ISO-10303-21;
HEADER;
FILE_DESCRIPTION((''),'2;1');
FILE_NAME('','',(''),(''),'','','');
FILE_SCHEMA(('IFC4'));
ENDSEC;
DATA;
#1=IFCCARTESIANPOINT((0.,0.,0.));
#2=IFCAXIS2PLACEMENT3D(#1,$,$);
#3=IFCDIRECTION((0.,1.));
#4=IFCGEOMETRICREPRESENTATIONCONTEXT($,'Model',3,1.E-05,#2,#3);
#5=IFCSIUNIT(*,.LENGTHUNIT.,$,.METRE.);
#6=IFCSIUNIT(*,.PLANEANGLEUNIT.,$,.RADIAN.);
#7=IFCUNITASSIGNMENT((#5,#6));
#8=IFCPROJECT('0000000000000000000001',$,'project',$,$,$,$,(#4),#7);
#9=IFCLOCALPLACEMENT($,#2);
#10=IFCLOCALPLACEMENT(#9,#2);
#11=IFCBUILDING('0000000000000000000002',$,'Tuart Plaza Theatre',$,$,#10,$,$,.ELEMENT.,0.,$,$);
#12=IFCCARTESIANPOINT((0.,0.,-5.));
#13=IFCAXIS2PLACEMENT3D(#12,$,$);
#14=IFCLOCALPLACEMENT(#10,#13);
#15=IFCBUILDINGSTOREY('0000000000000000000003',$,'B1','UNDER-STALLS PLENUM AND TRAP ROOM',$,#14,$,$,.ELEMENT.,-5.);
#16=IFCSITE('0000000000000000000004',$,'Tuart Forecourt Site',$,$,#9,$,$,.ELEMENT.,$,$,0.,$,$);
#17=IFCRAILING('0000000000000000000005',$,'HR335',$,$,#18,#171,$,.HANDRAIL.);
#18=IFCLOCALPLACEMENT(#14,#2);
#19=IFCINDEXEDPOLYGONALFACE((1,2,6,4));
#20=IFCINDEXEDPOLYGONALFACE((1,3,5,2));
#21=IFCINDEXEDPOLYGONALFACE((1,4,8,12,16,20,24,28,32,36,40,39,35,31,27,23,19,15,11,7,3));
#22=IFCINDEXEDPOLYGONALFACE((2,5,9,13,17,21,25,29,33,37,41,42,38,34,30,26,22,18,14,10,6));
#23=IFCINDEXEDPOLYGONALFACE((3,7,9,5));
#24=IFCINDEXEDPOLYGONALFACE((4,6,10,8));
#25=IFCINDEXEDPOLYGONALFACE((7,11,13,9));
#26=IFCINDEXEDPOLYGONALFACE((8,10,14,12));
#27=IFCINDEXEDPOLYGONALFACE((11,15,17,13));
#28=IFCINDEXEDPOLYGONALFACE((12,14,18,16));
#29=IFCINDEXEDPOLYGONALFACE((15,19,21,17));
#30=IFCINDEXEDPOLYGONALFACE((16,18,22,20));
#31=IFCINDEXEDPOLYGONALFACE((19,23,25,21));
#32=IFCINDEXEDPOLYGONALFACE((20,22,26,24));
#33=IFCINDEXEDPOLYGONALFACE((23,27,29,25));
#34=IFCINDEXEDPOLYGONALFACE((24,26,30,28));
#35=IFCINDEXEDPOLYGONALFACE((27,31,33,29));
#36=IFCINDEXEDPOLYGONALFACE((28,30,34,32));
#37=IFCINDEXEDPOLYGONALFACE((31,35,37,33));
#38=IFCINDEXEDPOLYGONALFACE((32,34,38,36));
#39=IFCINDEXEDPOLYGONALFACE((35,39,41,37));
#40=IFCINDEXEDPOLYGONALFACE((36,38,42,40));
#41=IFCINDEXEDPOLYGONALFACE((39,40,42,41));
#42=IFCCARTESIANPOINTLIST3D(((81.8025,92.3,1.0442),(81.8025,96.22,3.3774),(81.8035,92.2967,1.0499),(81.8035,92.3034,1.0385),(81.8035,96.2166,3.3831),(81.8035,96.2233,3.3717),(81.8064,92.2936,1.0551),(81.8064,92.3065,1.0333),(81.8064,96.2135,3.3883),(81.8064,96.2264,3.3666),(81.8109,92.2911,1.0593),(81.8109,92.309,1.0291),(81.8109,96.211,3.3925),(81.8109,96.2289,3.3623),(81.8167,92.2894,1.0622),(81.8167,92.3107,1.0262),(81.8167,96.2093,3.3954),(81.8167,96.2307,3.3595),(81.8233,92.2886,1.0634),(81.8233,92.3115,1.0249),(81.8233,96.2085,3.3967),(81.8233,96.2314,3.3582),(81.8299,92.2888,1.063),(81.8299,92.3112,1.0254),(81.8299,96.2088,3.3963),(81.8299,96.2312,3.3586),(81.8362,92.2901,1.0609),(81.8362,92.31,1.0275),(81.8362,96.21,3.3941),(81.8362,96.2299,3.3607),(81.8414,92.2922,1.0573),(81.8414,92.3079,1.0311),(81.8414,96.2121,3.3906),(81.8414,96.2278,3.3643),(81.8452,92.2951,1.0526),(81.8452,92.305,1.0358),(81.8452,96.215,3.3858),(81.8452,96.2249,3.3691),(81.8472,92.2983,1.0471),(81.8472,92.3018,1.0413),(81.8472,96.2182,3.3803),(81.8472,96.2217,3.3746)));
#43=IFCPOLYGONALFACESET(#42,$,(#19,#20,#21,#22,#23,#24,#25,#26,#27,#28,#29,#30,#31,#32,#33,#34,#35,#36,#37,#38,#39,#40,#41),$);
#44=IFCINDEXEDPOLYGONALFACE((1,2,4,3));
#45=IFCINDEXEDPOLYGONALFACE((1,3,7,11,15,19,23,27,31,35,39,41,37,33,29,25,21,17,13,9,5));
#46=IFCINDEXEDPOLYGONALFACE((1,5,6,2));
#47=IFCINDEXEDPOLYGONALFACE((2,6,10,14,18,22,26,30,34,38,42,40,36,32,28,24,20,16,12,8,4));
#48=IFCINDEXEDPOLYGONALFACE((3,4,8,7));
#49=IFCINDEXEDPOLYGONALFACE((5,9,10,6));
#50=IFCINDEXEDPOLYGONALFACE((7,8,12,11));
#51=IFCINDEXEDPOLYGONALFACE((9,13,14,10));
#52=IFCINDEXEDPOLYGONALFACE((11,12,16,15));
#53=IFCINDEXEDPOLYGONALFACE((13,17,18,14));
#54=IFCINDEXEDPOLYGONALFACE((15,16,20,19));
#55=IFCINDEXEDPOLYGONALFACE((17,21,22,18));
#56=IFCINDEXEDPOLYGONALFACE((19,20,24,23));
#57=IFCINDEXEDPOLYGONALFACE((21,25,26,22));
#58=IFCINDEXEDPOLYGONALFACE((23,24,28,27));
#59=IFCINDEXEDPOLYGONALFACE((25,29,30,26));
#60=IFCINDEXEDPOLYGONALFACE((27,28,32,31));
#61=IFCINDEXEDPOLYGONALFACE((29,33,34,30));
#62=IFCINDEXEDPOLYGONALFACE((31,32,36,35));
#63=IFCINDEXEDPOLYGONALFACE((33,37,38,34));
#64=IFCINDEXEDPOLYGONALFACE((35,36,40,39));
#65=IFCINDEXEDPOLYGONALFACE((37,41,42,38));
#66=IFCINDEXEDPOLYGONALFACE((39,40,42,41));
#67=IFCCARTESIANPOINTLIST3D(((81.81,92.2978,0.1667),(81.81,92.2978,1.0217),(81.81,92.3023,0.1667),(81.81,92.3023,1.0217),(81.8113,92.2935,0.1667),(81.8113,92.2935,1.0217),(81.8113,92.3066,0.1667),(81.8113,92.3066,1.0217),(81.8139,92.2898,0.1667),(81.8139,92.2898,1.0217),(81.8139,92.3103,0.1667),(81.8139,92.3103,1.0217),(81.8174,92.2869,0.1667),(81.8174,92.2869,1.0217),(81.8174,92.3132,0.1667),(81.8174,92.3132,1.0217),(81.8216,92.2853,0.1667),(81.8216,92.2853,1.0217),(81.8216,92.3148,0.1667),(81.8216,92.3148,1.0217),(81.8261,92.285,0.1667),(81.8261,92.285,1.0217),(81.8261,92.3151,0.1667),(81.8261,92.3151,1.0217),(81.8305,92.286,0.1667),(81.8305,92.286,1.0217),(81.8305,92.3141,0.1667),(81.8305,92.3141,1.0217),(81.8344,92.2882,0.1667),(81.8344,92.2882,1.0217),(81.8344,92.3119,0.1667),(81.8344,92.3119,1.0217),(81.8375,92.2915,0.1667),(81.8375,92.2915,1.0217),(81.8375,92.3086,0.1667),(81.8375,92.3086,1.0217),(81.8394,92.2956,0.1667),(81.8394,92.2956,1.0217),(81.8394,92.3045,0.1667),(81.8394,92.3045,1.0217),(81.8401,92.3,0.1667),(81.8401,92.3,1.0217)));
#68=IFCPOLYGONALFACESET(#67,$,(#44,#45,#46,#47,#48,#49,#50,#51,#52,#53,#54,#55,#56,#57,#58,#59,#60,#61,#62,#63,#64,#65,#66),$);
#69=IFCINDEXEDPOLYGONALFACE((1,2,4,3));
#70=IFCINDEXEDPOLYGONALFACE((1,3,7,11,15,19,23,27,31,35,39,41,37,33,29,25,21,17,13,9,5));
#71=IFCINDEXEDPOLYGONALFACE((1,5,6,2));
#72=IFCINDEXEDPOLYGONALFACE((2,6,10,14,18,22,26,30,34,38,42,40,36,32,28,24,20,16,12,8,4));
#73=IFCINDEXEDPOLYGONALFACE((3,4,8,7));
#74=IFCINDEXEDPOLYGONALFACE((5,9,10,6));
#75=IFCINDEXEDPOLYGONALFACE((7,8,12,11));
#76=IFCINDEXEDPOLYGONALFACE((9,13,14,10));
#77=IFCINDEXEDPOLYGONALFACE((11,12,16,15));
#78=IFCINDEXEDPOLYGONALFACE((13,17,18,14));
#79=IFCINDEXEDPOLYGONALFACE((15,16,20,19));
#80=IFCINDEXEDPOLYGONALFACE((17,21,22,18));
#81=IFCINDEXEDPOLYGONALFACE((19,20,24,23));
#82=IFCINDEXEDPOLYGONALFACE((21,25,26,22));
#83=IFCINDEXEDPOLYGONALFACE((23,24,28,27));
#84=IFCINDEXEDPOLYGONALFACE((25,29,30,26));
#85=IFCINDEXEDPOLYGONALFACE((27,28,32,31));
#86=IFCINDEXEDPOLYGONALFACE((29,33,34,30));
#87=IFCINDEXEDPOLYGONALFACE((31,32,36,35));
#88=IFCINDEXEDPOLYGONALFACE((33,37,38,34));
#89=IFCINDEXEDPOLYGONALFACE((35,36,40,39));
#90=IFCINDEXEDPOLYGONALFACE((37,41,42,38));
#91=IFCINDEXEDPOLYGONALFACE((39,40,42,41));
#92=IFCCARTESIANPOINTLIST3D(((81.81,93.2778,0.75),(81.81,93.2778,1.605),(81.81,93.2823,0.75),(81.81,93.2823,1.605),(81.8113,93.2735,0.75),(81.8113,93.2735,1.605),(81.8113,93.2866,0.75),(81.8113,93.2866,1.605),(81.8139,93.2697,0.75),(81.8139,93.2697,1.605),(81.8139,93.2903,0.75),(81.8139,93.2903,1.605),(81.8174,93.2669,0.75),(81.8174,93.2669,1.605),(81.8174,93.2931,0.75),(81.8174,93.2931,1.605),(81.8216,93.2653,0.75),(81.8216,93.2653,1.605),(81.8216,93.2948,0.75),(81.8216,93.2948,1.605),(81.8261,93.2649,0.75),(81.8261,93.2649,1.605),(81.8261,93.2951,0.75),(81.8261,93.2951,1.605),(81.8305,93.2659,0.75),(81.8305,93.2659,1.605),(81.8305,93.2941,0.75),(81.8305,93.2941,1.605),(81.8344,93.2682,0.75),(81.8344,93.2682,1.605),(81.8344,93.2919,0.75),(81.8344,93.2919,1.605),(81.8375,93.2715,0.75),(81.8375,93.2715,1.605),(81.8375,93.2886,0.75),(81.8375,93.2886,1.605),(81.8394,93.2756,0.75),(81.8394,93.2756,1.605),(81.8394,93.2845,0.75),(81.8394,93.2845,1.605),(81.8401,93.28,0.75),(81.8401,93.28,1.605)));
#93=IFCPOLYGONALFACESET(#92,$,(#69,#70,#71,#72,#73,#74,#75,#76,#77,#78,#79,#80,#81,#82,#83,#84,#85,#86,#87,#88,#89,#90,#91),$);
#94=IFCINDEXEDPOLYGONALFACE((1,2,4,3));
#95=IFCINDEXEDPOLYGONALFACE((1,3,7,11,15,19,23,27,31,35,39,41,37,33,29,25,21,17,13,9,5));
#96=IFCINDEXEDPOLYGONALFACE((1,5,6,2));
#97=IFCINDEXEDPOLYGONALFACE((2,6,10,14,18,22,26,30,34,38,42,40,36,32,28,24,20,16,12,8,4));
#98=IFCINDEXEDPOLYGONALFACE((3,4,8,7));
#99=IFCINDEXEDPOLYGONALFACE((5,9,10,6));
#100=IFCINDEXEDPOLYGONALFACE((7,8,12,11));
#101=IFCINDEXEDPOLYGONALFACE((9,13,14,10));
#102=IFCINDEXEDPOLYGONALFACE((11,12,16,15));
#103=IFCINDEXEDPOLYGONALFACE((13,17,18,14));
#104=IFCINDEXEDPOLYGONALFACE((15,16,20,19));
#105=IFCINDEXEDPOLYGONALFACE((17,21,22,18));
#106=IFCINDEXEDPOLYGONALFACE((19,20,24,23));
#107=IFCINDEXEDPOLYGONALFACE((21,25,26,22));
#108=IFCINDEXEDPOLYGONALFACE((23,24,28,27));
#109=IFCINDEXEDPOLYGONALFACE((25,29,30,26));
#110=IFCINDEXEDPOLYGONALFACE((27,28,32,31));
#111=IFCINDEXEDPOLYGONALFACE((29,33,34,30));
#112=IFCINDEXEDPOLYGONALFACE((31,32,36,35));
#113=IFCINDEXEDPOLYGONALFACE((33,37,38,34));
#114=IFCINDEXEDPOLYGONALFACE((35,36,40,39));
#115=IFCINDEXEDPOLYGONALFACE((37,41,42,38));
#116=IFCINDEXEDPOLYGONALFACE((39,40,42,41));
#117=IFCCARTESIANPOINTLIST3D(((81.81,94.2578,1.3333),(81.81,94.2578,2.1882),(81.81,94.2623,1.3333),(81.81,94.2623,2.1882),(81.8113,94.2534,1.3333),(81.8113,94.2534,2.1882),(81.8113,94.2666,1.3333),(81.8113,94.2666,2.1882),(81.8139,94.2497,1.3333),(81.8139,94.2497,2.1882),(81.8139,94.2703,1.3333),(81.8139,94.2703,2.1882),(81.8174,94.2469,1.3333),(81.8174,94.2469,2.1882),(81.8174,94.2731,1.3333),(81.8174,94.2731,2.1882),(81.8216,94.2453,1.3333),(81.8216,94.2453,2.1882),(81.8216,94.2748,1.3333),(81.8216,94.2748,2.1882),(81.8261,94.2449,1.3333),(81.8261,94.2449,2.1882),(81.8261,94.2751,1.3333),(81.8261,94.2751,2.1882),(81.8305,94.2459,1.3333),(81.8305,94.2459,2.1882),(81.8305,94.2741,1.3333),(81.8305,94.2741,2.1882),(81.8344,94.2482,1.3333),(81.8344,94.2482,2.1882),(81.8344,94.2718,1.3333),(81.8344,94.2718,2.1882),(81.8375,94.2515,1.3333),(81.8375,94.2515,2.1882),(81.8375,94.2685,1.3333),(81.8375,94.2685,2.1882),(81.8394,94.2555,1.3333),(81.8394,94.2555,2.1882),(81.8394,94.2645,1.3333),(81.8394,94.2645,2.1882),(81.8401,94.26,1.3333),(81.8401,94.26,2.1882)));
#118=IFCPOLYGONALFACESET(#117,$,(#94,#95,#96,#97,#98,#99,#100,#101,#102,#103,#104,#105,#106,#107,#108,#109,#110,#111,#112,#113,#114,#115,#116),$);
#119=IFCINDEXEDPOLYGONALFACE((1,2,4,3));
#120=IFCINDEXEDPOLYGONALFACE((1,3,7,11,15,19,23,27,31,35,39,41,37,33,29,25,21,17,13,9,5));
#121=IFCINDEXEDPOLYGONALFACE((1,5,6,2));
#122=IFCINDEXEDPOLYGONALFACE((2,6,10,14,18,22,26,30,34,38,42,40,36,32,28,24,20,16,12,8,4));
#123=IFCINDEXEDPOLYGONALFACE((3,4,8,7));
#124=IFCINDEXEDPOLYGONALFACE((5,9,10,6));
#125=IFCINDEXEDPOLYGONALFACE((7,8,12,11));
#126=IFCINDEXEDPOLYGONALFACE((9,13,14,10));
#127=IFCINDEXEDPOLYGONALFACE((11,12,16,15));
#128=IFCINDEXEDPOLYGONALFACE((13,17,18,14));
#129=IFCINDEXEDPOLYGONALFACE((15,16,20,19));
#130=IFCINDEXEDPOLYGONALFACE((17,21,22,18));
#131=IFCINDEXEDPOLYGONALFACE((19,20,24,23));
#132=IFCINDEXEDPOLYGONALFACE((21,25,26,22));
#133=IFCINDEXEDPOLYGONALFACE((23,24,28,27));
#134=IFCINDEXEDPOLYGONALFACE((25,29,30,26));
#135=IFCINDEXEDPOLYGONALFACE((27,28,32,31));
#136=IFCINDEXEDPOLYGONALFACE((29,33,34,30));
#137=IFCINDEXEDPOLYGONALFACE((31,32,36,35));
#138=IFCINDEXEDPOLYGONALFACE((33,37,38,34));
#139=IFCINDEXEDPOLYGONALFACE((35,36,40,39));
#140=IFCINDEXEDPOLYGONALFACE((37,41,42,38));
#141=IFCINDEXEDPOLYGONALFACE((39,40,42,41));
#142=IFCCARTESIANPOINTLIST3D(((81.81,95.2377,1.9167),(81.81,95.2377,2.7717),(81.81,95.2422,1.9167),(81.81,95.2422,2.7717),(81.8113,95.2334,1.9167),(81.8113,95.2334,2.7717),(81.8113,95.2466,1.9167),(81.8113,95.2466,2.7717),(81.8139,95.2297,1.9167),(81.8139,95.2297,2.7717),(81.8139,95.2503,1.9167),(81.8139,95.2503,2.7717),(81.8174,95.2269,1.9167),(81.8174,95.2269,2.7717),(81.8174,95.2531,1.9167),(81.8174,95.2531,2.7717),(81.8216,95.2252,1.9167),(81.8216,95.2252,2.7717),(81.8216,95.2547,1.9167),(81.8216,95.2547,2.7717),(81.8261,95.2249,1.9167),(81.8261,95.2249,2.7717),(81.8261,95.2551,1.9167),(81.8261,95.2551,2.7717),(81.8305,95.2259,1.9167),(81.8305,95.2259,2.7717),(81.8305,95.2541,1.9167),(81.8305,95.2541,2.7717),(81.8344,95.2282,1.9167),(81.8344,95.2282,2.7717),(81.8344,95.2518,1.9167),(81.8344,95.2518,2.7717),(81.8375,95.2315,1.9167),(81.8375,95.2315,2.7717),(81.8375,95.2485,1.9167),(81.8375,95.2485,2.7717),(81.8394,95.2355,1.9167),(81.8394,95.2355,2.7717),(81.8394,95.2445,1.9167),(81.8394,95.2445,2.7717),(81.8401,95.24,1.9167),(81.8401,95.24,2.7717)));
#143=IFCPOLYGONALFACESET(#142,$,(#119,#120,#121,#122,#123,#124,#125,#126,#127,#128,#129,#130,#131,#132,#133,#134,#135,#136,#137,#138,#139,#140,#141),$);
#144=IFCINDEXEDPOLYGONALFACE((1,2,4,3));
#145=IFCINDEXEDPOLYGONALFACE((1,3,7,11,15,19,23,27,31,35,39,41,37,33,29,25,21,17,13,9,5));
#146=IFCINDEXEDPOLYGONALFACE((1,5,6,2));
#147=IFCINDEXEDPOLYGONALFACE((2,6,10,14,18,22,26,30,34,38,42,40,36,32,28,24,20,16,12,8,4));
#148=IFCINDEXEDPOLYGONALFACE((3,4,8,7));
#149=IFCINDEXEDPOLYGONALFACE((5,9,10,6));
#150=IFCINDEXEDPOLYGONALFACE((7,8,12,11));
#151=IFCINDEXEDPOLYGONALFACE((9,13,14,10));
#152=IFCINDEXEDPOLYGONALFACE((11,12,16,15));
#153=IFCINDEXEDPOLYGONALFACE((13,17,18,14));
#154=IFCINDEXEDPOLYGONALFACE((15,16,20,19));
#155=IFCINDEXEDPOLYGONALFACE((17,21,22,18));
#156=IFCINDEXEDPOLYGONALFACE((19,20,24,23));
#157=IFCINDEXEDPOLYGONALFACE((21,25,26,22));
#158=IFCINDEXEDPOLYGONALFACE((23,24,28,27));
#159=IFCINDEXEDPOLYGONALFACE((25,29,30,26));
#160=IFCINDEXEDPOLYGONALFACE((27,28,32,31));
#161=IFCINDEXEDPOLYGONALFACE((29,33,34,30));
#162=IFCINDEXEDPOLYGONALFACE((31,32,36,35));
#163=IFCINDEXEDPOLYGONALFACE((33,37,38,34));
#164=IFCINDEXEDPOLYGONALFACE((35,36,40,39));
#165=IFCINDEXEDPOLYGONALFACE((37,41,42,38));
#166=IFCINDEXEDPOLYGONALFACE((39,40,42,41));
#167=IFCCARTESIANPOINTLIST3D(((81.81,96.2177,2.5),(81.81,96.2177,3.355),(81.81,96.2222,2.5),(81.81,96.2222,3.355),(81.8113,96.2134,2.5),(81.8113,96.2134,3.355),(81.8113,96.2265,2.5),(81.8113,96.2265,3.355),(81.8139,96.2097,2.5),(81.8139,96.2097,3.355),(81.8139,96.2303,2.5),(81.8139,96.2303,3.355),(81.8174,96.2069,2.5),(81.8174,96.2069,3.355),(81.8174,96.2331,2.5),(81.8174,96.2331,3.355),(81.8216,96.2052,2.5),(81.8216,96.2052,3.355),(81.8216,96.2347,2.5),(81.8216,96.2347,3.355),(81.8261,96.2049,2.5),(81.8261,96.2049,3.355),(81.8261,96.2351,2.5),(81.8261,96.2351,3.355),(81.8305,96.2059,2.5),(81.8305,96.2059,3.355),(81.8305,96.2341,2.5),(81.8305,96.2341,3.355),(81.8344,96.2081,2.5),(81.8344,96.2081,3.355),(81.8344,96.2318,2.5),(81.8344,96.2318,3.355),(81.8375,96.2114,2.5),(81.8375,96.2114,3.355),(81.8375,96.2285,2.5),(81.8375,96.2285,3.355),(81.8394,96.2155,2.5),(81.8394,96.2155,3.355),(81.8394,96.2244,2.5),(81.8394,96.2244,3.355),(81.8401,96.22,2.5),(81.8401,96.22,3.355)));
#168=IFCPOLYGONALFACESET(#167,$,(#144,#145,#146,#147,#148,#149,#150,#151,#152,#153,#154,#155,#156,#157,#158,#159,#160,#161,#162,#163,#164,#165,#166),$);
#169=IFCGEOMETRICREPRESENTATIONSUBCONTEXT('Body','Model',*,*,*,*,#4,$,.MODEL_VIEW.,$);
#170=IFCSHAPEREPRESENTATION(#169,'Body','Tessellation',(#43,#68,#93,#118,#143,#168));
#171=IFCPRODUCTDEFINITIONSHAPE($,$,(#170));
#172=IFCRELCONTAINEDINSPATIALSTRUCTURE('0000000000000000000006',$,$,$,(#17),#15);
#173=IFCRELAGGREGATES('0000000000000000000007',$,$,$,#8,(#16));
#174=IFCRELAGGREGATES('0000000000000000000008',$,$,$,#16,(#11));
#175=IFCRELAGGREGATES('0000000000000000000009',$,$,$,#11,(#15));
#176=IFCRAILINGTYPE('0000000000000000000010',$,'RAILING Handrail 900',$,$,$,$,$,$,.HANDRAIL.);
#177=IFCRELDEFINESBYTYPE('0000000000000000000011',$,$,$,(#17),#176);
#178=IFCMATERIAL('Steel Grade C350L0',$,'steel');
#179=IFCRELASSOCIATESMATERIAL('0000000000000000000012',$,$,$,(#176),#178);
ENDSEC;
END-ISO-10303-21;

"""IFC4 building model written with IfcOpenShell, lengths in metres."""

from ifc_helpers import new_model, si_unit, direction, frame, origin, origin_2d, place, context, subcontext, project, spatial, circle, extrude, material, type_object, element, save


model = new_model("IFC4")

# Units and contexts
model_context = context("Model", 3, precision=1e-05, world=origin(), true_north=direction((0.0, 1.0)))
body_context = subcontext(model_context, "Body", "Model", "MODEL_VIEW")
ifc_project = project(units=[si_unit("LENGTHUNIT", "METRE"), si_unit("PLANEANGLEUNIT", "RADIAN")], contexts=[model_context])

# Site, building, storey
site_placement = place(None, origin())
site = spatial("IfcSite", under=ifc_project, at=site_placement, Name="Tuart Forecourt Site", CompositionType="ELEMENT", RefElevation=0.0)
building_placement = place(site_placement, origin())
building = spatial("IfcBuilding", under=site, at=building_placement, Name="Tuart Plaza Theatre", CompositionType="ELEMENT", ElevationOfRefHeight=0.0)
storey_placement = place(building_placement, frame((0.0, 0.0, -5.0)))
storey = spatial("IfcBuildingStorey", under=building, at=storey_placement, Name="B1", Description="UNDER-STALLS PLENUM AND TRAP ROOM", CompositionType="ELEMENT", Elevation=-5.0)

# Railing
ifc_material_1 = material(Name="Steel Grade C350L0", Category="steel")
railing_type_1 = type_object("IfcRailingType", Name="RAILING Handrail 900", PredefinedType="HANDRAIL", material=ifc_material_1)
for number, where, name in (
    (1, (81.825, 92.3, 0.1667), "HR335"),
):
    element("IfcRailing", number, at=place(storey_placement, frame(where)), inside=storey, type_object=railing_type_1, Name=name, PredefinedType="HANDRAIL", context=body_context, shape_type="SweptSolid", body=[
        extrude(circle(Radius=0.0225, at=origin_2d()), frame((0.0, 0.0, 0.8774), z_axis=(0.0, 0.859296, 0.511478), x_axis=(-1.0, 0.0, 0.0)), (0.0, 0.0, 1.0), 4.5618),
        extrude(circle(Radius=0.0151, at=origin_2d()), origin(), (0.0, 0.0, 1.0), 0.855),
        extrude(circle(Radius=0.0151, at=origin_2d()), frame((0.0, 0.98, 0.5833)), (0.0, 0.0, 1.0), 0.855),
        extrude(circle(Radius=0.0151, at=origin_2d()), frame((0.0, 1.96, 1.1665)), (0.0, 0.0, 1.0), 0.855),
        extrude(circle(Radius=0.0151, at=origin_2d()), frame((0.0, 2.9399, 1.75)), (0.0, 0.0, 1.0), 0.855),
        extrude(circle(Radius=0.0151, at=origin_2d()), frame((0.0, 3.9199, 2.3333)), (0.0, 0.0, 1.0), 0.855),
    ])

save(model, "model.ifc")
